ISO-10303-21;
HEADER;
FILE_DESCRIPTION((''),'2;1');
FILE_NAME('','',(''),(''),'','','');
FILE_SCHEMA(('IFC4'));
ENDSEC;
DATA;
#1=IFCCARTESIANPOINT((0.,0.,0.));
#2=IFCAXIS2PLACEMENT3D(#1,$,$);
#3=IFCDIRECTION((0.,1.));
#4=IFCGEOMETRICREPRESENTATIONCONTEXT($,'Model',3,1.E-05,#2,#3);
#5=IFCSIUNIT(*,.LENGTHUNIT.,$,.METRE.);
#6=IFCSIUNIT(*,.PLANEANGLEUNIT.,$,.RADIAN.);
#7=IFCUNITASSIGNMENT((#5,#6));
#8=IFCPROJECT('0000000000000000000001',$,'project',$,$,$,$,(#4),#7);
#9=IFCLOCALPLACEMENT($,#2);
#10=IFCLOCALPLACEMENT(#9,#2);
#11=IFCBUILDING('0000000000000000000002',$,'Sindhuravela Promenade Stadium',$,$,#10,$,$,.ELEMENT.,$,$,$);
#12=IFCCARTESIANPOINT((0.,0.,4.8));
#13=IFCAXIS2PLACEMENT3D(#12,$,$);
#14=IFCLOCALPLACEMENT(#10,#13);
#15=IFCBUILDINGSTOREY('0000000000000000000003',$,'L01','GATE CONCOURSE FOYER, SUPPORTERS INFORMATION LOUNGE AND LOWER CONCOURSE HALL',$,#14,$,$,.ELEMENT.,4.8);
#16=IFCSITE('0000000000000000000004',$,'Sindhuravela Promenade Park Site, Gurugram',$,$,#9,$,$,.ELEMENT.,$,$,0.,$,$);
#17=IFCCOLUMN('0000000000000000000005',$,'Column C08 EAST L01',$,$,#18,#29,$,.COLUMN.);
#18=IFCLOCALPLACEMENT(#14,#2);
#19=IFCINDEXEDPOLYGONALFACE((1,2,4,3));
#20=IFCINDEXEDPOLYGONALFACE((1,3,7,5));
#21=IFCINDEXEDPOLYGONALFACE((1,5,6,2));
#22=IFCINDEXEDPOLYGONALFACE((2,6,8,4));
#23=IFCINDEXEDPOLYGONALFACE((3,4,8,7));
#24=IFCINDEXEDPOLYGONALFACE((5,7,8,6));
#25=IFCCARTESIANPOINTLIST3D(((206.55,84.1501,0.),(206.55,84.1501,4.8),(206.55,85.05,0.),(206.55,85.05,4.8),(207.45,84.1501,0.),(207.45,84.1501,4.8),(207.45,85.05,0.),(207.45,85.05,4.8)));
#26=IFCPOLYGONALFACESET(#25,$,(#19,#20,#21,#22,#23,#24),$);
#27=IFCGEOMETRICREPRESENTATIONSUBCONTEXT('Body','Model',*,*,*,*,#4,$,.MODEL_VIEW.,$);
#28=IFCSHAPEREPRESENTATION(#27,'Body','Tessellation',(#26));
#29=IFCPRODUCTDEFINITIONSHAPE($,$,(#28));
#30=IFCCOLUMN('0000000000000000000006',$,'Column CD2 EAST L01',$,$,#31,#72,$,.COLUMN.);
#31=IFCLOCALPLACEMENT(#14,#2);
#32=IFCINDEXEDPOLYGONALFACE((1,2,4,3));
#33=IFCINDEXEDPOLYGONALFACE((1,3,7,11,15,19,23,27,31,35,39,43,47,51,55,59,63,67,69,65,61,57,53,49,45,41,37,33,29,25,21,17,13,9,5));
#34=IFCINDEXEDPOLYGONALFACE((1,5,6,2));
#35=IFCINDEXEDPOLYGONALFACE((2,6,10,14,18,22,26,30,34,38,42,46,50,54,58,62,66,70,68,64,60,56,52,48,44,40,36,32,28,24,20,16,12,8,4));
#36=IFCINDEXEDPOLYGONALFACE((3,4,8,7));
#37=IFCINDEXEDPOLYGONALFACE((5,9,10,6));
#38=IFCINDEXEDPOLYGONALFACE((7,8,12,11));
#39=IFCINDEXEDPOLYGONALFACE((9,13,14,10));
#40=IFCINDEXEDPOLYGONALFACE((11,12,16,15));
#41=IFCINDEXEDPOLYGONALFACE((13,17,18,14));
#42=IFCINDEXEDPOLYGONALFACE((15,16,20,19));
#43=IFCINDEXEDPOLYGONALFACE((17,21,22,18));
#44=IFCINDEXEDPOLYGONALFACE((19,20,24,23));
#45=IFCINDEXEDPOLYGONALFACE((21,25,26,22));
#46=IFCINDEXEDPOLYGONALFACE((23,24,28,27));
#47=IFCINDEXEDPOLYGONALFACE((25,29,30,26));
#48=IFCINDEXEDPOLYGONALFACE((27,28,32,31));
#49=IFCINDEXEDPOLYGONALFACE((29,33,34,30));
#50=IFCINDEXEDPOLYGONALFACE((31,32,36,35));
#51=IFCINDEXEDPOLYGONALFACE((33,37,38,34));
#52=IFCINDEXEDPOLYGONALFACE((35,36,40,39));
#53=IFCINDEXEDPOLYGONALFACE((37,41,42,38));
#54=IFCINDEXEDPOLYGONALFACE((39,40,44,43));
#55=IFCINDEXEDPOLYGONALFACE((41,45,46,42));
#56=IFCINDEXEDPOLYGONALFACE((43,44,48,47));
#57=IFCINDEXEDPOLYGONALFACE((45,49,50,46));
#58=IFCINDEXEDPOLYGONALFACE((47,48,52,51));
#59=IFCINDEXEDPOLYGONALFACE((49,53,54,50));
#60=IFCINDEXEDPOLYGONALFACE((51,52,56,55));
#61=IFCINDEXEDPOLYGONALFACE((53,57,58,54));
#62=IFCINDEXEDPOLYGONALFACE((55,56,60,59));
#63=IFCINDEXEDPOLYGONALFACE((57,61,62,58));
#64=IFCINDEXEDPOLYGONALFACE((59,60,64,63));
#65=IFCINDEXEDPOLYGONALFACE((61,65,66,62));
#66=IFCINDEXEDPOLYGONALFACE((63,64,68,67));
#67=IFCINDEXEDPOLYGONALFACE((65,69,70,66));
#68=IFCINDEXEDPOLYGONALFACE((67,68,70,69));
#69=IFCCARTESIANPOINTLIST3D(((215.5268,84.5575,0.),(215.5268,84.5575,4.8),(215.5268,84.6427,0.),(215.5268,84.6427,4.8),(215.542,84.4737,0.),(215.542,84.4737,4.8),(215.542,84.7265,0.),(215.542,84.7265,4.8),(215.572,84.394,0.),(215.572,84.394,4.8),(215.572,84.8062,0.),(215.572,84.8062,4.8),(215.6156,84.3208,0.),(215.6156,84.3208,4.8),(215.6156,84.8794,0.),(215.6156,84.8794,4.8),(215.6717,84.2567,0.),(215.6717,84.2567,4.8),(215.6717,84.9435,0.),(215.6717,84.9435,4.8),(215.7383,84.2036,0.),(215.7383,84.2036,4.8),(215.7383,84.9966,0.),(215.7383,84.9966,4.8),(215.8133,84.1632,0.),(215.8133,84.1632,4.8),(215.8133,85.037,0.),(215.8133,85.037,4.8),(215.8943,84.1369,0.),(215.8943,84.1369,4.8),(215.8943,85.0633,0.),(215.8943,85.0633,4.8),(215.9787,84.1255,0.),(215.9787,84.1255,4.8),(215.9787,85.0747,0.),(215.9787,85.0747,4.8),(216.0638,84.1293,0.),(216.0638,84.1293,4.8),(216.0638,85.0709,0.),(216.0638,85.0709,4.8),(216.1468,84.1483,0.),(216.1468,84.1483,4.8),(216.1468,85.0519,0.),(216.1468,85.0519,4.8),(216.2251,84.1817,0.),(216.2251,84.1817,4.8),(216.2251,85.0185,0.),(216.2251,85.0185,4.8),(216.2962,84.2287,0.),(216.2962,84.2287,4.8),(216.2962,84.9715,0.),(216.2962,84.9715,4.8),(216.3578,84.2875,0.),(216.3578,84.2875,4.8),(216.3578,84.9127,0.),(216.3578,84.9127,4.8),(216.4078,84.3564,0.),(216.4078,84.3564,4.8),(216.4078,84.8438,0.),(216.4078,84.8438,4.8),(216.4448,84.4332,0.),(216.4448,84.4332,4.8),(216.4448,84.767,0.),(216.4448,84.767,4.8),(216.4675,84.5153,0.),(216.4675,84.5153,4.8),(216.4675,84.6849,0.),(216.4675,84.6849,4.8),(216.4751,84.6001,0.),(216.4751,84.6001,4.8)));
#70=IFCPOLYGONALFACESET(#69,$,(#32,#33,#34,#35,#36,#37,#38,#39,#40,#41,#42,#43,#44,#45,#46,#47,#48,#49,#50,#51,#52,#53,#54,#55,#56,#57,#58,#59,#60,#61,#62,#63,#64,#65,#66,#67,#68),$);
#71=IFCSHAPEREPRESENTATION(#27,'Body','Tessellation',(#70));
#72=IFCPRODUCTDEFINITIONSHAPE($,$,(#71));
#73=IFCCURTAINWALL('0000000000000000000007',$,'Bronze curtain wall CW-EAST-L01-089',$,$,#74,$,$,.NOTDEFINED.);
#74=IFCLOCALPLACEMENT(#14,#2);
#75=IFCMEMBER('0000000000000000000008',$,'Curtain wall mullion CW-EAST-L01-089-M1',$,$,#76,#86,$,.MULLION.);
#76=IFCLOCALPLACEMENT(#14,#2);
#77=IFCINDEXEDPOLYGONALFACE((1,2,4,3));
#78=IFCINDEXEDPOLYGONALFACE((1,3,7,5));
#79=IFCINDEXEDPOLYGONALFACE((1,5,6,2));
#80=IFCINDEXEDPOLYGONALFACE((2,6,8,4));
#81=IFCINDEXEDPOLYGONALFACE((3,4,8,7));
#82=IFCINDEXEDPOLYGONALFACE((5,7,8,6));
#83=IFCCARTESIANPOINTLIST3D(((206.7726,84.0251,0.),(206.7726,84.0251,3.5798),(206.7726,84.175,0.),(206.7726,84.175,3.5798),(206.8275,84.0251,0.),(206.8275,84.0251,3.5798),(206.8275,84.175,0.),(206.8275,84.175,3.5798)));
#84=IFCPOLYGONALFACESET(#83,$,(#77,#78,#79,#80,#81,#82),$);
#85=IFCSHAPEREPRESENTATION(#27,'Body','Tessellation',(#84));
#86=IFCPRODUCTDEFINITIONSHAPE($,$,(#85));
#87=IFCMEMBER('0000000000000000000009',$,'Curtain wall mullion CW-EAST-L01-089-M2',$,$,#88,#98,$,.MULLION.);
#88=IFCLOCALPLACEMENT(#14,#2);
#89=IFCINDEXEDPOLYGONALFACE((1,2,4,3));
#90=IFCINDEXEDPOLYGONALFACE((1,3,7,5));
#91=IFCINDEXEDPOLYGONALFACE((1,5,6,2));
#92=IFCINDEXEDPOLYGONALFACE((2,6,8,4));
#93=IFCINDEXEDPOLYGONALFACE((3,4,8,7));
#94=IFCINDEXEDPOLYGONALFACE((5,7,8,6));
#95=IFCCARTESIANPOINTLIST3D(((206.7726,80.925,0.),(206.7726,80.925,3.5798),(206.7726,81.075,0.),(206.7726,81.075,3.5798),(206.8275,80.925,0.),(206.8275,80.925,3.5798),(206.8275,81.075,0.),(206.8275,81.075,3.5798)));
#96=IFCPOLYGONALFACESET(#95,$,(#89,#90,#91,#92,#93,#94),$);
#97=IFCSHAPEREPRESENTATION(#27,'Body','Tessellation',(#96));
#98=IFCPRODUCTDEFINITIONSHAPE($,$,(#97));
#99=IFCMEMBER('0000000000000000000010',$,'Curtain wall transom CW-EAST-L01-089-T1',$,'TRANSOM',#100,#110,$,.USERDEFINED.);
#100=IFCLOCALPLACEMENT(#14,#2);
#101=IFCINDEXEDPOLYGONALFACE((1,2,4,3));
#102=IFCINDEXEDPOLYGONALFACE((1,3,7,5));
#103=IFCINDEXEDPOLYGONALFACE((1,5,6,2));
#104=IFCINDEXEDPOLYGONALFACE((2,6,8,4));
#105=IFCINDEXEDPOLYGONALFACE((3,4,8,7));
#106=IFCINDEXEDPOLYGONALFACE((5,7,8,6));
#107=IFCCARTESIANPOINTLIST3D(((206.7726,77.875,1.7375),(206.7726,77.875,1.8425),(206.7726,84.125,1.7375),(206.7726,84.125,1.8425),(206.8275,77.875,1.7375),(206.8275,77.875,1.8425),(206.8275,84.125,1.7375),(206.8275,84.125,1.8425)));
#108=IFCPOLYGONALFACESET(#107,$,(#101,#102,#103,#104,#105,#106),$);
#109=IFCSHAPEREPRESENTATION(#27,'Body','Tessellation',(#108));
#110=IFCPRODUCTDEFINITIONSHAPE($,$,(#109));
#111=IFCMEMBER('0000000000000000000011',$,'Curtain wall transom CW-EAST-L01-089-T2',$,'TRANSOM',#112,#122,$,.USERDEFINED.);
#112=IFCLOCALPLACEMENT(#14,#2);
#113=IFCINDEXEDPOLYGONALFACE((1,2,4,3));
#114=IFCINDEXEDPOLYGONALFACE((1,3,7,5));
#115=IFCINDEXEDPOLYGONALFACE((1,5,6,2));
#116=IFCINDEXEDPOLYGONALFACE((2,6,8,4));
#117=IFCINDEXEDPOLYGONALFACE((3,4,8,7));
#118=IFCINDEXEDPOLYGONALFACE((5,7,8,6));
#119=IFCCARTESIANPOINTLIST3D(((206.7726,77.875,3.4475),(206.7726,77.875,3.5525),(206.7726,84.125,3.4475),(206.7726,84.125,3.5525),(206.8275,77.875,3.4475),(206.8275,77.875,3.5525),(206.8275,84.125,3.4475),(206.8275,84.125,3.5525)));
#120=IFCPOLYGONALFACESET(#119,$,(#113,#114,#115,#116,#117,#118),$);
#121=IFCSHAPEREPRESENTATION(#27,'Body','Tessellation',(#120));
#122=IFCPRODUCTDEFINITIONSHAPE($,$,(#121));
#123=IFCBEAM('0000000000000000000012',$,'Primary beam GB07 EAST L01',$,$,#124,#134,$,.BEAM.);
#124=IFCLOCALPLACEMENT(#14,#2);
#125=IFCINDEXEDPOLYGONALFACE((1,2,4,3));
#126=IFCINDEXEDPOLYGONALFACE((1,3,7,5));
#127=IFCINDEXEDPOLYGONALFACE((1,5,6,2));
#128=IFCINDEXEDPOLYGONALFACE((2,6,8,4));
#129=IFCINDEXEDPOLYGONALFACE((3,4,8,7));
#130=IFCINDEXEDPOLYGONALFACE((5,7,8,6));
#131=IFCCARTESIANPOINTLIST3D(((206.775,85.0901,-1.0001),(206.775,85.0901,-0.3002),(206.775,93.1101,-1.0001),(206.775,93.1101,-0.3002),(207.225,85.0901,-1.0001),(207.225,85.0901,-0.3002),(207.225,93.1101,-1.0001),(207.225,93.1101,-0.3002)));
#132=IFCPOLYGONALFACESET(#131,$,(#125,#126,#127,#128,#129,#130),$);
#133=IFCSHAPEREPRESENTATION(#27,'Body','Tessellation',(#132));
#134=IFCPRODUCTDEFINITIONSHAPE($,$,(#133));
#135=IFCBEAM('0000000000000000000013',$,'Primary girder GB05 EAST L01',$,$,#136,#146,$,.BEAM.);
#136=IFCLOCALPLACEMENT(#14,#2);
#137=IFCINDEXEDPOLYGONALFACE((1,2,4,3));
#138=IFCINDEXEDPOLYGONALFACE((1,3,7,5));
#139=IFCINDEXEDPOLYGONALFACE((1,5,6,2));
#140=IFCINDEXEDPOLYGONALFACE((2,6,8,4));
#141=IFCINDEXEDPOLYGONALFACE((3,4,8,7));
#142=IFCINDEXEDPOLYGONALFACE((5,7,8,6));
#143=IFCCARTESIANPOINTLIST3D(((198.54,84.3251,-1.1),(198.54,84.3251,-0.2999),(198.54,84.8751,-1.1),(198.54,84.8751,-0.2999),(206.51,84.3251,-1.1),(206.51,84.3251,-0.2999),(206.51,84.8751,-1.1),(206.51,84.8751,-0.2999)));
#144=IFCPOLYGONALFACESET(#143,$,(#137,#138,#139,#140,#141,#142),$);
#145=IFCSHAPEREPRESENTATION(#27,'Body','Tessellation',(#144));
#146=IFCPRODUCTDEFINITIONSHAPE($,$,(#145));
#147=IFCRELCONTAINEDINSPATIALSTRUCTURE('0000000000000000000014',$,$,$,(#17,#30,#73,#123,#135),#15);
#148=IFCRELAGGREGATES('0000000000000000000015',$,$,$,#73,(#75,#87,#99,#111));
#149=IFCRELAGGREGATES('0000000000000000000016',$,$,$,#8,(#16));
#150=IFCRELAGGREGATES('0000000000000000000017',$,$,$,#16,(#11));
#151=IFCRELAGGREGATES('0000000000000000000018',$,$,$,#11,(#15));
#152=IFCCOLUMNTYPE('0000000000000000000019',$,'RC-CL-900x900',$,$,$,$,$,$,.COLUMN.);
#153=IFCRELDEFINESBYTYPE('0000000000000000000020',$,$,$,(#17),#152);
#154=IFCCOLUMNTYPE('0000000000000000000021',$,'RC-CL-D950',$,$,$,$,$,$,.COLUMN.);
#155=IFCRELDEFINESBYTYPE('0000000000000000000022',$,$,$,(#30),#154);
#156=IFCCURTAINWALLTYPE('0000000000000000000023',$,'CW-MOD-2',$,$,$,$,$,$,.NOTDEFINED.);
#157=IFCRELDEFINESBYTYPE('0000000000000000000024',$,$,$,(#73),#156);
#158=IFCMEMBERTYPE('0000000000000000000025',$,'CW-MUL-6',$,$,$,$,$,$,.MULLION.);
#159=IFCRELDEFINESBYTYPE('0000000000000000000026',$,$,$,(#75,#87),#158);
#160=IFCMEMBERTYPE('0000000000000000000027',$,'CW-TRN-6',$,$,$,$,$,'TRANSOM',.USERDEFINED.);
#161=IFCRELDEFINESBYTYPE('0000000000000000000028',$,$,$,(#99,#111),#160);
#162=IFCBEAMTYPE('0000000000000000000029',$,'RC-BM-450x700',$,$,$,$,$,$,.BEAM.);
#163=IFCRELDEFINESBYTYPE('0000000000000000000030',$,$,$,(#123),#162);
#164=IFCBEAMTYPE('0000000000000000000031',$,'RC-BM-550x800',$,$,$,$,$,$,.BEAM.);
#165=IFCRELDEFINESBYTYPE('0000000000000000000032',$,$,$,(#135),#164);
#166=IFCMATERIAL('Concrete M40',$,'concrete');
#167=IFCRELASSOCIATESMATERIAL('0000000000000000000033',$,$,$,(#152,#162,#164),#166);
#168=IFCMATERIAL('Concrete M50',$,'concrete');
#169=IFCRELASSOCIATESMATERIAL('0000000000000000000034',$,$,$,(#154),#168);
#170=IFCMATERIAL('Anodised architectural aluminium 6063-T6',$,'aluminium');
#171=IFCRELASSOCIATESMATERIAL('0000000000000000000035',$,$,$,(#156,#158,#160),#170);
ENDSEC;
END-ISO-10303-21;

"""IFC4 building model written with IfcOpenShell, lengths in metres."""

from ifc_helpers import new_model, si_unit, direction, frame, origin, origin_2d, place, context, subcontext, project, spatial, rectangle, circle, extrude, material, material_profile, profile_set, type_object, element, aggregate, save


model = new_model("IFC4")

# Units and contexts
model_context = context("Model", 3, precision=1e-05, world=origin(), true_north=direction((0.0, 1.0)))
body_context = subcontext(model_context, "Body", "Model", "MODEL_VIEW")
ifc_project = project(units=[si_unit("LENGTHUNIT", "METRE"), si_unit("PLANEANGLEUNIT", "RADIAN")], contexts=[model_context])

# Site, building, storey
site_placement = place(None, origin())
site = spatial("IfcSite", under=ifc_project, at=site_placement, Name="Sindhuravela Promenade Park Site, Gurugram", CompositionType="ELEMENT", RefElevation=0.0)
building_placement = place(site_placement, origin())
building = spatial("IfcBuilding", under=site, at=building_placement, Name="Sindhuravela Promenade Stadium", CompositionType="ELEMENT")
storey_placement = place(building_placement, frame((0.0, 0.0, 4.8)))
storey = spatial("IfcBuildingStorey", under=building, at=storey_placement, Name="L01", Description="GATE CONCOURSE FOYER, SUPPORTERS INFORMATION LOUNGE AND LOWER CONCOURSE HALL", CompositionType="ELEMENT", Elevation=4.8)

# Columns
ifc_material_1 = material(Name="Concrete M40", Category="concrete")
ifc_material_profile_1 = material_profile(ifc_material_1, rectangle(XDim=0.8999, YDim=0.8999, at=origin_2d()), Name="RC 900x900")
ifc_profile_set_1 = profile_set([ifc_material_profile_1], Name="Concrete M40")
column_type_1 = type_object("IfcColumnType", Name="RC-CL-900x900", PredefinedType="COLUMN", material=ifc_profile_set_1)
column_1_placement = place(storey_placement, frame((207.0, 84.6001, 0.0), z_axis=(0.0, 0.0, 1.0), x_axis=(1.0, 0.0, 0.0)))
element("IfcColumn", 1, at=column_1_placement, inside=storey, type_object=column_type_1, Name="Column C08 EAST L01", PredefinedType="COLUMN", context=body_context, shape_type="SweptSolid", body=[
    extrude(rectangle(XDim=0.8999, YDim=0.8999, at=origin_2d()), origin(), (0.0, 0.0, 1.0), 4.8),
])
ifc_material_2 = material(Name="Concrete M50", Category="concrete")
ifc_material_profile_2 = material_profile(ifc_material_2, circle(Radius=0.4751, at=origin_2d()), Name="RC D950")
ifc_profile_set_2 = profile_set([ifc_material_profile_2], Name="Concrete M50")
column_type_2 = type_object("IfcColumnType", Name="RC-CL-D950", PredefinedType="COLUMN", material=ifc_profile_set_2)
column_2_placement = place(storey_placement, frame((216.0, 84.6001, 0.0), z_axis=(0.0, 0.0, 1.0), x_axis=(1.0, 0.0, 0.0)))
element("IfcColumn", 2, at=column_2_placement, inside=storey, type_object=column_type_2, Name="Column CD2 EAST L01", PredefinedType="COLUMN", context=body_context, shape_type="SweptSolid", body=[
    extrude(circle(Radius=0.4751, at=origin_2d()), origin(), (0.0, 0.0, 1.0), 4.8),
])

# Curtain wall, members
ifc_material_3 = material(Name="Anodised architectural aluminium 6063-T6", Category="aluminium")
curtain_wall_type = type_object("IfcCurtainWallType", Name="CW-MOD-2", PredefinedType="NOTDEFINED", material=ifc_material_3)
curtain_wall_placement = place(storey_placement, origin())
curtain_wall = element("IfcCurtainWall", 3, at=curtain_wall_placement, inside=storey, type_object=curtain_wall_type, Name="Bronze curtain wall CW-EAST-L01-089", PredefinedType="NOTDEFINED")
ifc_material_profile_3 = material_profile(ifc_material_3, rectangle(XDim=0.0549, YDim=0.1499, at=origin_2d()), Name="ALU M55x150")
ifc_profile_set_3 = profile_set([ifc_material_profile_3], Name="Anodised architectural aluminium 6063-T6")
member_type_1 = type_object("IfcMemberType", Name="CW-MUL-6", PredefinedType="MULLION", material=ifc_profile_set_3)
member_1_placement = place(storey_placement, frame((206.8, 84.1001, 0.0), z_axis=(0.0, 0.0, 1.0), x_axis=(1.0, 0.0, 0.0)))
member_1 = element("IfcMember", 4, at=member_1_placement, type_object=member_type_1, Name="Curtain wall mullion CW-EAST-L01-089-M1", PredefinedType="MULLION", context=body_context, shape_type="SweptSolid", body=[
    extrude(rectangle(XDim=0.0549, YDim=0.1499, at=origin_2d()), origin(), (0.0, 0.0, 1.0), 3.5798),
])
member_2_placement = place(storey_placement, frame((206.8, 81.0, 0.0), z_axis=(0.0, 0.0, 1.0), x_axis=(1.0, 0.0, 0.0)))
member_2 = element("IfcMember", 5, at=member_2_placement, type_object=member_type_1, Name="Curtain wall mullion CW-EAST-L01-089-M2", PredefinedType="MULLION", context=body_context, shape_type="SweptSolid", body=[
    extrude(rectangle(XDim=0.0549, YDim=0.1499, at=origin_2d()), origin(), (0.0, 0.0, 1.0), 3.5798),
])
ifc_material_profile_4 = material_profile(ifc_material_3, rectangle(XDim=0.0549, YDim=0.105, at=origin_2d()), Name="ALU T55x105")
ifc_profile_set_4 = profile_set([ifc_material_profile_4], Name="Anodised architectural aluminium 6063-T6")
member_type_2 = type_object("IfcMemberType", Name="CW-TRN-6", ElementType="TRANSOM", PredefinedType="USERDEFINED", material=ifc_profile_set_4)
member_3_placement = place(storey_placement, frame((206.8, 84.125, 1.79), z_axis=(0.0, -1.0, 0.0), x_axis=(1.0, 0.0, 0.0)))
member_3 = element("IfcMember", 6, at=member_3_placement, type_object=member_type_2, Name="Curtain wall transom CW-EAST-L01-089-T1", ObjectType="TRANSOM", PredefinedType="USERDEFINED", context=body_context, shape_type="SweptSolid", body=[
    extrude(rectangle(XDim=0.0549, YDim=0.105, at=origin_2d()), origin(), (0.0, 0.0, 1.0), 6.25),
])
member_4_placement = place(storey_placement, frame((206.8, 84.125, 3.5), z_axis=(0.0, -1.0, 0.0), x_axis=(1.0, 0.0, 0.0)))
member_4 = element("IfcMember", 7, at=member_4_placement, type_object=member_type_2, Name="Curtain wall transom CW-EAST-L01-089-T2", ObjectType="TRANSOM", PredefinedType="USERDEFINED", context=body_context, shape_type="SweptSolid", body=[
    extrude(rectangle(XDim=0.0549, YDim=0.105, at=origin_2d()), origin(), (0.0, 0.0, 1.0), 6.25),
])

# Beams
ifc_material_profile_5 = material_profile(ifc_material_1, rectangle(XDim=0.45, YDim=0.7, at=origin_2d()), Name="RC 450x700")
ifc_profile_set_5 = profile_set([ifc_material_profile_5], Name="Concrete M40")
beam_type_1 = type_object("IfcBeamType", Name="RC-BM-450x700", PredefinedType="BEAM", material=ifc_profile_set_5)
beam_1_placement = place(storey_placement, frame((207.0, 85.0901, -0.6501), z_axis=(0.0, 1.0, 0.0), x_axis=(-1.0, 0.0, 0.0)))
element("IfcBeam", 8, at=beam_1_placement, inside=storey, type_object=beam_type_1, Name="Primary beam GB07 EAST L01", PredefinedType="BEAM", context=body_context, shape_type="SweptSolid", body=[
    extrude(rectangle(XDim=0.45, YDim=0.7, at=origin_2d()), origin(), (0.0, 0.0, 1.0), 8.02),
])
ifc_material_profile_6 = material_profile(ifc_material_1, rectangle(XDim=0.55, YDim=0.8, at=origin_2d()), Name="RC 550x800")
ifc_profile_set_6 = profile_set([ifc_material_profile_6], Name="Concrete M40")
beam_type_2 = type_object("IfcBeamType", Name="RC-BM-550x800", PredefinedType="BEAM", material=ifc_profile_set_6)
beam_2_placement = place(storey_placement, frame((198.54, 84.6001, -0.7), z_axis=(1.0, 0.0, 0.0), x_axis=(0.0, 1.0, 0.0)))
element("IfcBeam", 9, at=beam_2_placement, inside=storey, type_object=beam_type_2, Name="Primary girder GB05 EAST L01", PredefinedType="BEAM", context=body_context, shape_type="SweptSolid", body=[
    extrude(rectangle(XDim=0.55, YDim=0.8, at=origin_2d()), origin(), (0.0, 0.0, 1.0), 7.97),
])

aggregate(curtain_wall, [member_1, member_2, member_3, member_4])

save(model, "model.ifc")
